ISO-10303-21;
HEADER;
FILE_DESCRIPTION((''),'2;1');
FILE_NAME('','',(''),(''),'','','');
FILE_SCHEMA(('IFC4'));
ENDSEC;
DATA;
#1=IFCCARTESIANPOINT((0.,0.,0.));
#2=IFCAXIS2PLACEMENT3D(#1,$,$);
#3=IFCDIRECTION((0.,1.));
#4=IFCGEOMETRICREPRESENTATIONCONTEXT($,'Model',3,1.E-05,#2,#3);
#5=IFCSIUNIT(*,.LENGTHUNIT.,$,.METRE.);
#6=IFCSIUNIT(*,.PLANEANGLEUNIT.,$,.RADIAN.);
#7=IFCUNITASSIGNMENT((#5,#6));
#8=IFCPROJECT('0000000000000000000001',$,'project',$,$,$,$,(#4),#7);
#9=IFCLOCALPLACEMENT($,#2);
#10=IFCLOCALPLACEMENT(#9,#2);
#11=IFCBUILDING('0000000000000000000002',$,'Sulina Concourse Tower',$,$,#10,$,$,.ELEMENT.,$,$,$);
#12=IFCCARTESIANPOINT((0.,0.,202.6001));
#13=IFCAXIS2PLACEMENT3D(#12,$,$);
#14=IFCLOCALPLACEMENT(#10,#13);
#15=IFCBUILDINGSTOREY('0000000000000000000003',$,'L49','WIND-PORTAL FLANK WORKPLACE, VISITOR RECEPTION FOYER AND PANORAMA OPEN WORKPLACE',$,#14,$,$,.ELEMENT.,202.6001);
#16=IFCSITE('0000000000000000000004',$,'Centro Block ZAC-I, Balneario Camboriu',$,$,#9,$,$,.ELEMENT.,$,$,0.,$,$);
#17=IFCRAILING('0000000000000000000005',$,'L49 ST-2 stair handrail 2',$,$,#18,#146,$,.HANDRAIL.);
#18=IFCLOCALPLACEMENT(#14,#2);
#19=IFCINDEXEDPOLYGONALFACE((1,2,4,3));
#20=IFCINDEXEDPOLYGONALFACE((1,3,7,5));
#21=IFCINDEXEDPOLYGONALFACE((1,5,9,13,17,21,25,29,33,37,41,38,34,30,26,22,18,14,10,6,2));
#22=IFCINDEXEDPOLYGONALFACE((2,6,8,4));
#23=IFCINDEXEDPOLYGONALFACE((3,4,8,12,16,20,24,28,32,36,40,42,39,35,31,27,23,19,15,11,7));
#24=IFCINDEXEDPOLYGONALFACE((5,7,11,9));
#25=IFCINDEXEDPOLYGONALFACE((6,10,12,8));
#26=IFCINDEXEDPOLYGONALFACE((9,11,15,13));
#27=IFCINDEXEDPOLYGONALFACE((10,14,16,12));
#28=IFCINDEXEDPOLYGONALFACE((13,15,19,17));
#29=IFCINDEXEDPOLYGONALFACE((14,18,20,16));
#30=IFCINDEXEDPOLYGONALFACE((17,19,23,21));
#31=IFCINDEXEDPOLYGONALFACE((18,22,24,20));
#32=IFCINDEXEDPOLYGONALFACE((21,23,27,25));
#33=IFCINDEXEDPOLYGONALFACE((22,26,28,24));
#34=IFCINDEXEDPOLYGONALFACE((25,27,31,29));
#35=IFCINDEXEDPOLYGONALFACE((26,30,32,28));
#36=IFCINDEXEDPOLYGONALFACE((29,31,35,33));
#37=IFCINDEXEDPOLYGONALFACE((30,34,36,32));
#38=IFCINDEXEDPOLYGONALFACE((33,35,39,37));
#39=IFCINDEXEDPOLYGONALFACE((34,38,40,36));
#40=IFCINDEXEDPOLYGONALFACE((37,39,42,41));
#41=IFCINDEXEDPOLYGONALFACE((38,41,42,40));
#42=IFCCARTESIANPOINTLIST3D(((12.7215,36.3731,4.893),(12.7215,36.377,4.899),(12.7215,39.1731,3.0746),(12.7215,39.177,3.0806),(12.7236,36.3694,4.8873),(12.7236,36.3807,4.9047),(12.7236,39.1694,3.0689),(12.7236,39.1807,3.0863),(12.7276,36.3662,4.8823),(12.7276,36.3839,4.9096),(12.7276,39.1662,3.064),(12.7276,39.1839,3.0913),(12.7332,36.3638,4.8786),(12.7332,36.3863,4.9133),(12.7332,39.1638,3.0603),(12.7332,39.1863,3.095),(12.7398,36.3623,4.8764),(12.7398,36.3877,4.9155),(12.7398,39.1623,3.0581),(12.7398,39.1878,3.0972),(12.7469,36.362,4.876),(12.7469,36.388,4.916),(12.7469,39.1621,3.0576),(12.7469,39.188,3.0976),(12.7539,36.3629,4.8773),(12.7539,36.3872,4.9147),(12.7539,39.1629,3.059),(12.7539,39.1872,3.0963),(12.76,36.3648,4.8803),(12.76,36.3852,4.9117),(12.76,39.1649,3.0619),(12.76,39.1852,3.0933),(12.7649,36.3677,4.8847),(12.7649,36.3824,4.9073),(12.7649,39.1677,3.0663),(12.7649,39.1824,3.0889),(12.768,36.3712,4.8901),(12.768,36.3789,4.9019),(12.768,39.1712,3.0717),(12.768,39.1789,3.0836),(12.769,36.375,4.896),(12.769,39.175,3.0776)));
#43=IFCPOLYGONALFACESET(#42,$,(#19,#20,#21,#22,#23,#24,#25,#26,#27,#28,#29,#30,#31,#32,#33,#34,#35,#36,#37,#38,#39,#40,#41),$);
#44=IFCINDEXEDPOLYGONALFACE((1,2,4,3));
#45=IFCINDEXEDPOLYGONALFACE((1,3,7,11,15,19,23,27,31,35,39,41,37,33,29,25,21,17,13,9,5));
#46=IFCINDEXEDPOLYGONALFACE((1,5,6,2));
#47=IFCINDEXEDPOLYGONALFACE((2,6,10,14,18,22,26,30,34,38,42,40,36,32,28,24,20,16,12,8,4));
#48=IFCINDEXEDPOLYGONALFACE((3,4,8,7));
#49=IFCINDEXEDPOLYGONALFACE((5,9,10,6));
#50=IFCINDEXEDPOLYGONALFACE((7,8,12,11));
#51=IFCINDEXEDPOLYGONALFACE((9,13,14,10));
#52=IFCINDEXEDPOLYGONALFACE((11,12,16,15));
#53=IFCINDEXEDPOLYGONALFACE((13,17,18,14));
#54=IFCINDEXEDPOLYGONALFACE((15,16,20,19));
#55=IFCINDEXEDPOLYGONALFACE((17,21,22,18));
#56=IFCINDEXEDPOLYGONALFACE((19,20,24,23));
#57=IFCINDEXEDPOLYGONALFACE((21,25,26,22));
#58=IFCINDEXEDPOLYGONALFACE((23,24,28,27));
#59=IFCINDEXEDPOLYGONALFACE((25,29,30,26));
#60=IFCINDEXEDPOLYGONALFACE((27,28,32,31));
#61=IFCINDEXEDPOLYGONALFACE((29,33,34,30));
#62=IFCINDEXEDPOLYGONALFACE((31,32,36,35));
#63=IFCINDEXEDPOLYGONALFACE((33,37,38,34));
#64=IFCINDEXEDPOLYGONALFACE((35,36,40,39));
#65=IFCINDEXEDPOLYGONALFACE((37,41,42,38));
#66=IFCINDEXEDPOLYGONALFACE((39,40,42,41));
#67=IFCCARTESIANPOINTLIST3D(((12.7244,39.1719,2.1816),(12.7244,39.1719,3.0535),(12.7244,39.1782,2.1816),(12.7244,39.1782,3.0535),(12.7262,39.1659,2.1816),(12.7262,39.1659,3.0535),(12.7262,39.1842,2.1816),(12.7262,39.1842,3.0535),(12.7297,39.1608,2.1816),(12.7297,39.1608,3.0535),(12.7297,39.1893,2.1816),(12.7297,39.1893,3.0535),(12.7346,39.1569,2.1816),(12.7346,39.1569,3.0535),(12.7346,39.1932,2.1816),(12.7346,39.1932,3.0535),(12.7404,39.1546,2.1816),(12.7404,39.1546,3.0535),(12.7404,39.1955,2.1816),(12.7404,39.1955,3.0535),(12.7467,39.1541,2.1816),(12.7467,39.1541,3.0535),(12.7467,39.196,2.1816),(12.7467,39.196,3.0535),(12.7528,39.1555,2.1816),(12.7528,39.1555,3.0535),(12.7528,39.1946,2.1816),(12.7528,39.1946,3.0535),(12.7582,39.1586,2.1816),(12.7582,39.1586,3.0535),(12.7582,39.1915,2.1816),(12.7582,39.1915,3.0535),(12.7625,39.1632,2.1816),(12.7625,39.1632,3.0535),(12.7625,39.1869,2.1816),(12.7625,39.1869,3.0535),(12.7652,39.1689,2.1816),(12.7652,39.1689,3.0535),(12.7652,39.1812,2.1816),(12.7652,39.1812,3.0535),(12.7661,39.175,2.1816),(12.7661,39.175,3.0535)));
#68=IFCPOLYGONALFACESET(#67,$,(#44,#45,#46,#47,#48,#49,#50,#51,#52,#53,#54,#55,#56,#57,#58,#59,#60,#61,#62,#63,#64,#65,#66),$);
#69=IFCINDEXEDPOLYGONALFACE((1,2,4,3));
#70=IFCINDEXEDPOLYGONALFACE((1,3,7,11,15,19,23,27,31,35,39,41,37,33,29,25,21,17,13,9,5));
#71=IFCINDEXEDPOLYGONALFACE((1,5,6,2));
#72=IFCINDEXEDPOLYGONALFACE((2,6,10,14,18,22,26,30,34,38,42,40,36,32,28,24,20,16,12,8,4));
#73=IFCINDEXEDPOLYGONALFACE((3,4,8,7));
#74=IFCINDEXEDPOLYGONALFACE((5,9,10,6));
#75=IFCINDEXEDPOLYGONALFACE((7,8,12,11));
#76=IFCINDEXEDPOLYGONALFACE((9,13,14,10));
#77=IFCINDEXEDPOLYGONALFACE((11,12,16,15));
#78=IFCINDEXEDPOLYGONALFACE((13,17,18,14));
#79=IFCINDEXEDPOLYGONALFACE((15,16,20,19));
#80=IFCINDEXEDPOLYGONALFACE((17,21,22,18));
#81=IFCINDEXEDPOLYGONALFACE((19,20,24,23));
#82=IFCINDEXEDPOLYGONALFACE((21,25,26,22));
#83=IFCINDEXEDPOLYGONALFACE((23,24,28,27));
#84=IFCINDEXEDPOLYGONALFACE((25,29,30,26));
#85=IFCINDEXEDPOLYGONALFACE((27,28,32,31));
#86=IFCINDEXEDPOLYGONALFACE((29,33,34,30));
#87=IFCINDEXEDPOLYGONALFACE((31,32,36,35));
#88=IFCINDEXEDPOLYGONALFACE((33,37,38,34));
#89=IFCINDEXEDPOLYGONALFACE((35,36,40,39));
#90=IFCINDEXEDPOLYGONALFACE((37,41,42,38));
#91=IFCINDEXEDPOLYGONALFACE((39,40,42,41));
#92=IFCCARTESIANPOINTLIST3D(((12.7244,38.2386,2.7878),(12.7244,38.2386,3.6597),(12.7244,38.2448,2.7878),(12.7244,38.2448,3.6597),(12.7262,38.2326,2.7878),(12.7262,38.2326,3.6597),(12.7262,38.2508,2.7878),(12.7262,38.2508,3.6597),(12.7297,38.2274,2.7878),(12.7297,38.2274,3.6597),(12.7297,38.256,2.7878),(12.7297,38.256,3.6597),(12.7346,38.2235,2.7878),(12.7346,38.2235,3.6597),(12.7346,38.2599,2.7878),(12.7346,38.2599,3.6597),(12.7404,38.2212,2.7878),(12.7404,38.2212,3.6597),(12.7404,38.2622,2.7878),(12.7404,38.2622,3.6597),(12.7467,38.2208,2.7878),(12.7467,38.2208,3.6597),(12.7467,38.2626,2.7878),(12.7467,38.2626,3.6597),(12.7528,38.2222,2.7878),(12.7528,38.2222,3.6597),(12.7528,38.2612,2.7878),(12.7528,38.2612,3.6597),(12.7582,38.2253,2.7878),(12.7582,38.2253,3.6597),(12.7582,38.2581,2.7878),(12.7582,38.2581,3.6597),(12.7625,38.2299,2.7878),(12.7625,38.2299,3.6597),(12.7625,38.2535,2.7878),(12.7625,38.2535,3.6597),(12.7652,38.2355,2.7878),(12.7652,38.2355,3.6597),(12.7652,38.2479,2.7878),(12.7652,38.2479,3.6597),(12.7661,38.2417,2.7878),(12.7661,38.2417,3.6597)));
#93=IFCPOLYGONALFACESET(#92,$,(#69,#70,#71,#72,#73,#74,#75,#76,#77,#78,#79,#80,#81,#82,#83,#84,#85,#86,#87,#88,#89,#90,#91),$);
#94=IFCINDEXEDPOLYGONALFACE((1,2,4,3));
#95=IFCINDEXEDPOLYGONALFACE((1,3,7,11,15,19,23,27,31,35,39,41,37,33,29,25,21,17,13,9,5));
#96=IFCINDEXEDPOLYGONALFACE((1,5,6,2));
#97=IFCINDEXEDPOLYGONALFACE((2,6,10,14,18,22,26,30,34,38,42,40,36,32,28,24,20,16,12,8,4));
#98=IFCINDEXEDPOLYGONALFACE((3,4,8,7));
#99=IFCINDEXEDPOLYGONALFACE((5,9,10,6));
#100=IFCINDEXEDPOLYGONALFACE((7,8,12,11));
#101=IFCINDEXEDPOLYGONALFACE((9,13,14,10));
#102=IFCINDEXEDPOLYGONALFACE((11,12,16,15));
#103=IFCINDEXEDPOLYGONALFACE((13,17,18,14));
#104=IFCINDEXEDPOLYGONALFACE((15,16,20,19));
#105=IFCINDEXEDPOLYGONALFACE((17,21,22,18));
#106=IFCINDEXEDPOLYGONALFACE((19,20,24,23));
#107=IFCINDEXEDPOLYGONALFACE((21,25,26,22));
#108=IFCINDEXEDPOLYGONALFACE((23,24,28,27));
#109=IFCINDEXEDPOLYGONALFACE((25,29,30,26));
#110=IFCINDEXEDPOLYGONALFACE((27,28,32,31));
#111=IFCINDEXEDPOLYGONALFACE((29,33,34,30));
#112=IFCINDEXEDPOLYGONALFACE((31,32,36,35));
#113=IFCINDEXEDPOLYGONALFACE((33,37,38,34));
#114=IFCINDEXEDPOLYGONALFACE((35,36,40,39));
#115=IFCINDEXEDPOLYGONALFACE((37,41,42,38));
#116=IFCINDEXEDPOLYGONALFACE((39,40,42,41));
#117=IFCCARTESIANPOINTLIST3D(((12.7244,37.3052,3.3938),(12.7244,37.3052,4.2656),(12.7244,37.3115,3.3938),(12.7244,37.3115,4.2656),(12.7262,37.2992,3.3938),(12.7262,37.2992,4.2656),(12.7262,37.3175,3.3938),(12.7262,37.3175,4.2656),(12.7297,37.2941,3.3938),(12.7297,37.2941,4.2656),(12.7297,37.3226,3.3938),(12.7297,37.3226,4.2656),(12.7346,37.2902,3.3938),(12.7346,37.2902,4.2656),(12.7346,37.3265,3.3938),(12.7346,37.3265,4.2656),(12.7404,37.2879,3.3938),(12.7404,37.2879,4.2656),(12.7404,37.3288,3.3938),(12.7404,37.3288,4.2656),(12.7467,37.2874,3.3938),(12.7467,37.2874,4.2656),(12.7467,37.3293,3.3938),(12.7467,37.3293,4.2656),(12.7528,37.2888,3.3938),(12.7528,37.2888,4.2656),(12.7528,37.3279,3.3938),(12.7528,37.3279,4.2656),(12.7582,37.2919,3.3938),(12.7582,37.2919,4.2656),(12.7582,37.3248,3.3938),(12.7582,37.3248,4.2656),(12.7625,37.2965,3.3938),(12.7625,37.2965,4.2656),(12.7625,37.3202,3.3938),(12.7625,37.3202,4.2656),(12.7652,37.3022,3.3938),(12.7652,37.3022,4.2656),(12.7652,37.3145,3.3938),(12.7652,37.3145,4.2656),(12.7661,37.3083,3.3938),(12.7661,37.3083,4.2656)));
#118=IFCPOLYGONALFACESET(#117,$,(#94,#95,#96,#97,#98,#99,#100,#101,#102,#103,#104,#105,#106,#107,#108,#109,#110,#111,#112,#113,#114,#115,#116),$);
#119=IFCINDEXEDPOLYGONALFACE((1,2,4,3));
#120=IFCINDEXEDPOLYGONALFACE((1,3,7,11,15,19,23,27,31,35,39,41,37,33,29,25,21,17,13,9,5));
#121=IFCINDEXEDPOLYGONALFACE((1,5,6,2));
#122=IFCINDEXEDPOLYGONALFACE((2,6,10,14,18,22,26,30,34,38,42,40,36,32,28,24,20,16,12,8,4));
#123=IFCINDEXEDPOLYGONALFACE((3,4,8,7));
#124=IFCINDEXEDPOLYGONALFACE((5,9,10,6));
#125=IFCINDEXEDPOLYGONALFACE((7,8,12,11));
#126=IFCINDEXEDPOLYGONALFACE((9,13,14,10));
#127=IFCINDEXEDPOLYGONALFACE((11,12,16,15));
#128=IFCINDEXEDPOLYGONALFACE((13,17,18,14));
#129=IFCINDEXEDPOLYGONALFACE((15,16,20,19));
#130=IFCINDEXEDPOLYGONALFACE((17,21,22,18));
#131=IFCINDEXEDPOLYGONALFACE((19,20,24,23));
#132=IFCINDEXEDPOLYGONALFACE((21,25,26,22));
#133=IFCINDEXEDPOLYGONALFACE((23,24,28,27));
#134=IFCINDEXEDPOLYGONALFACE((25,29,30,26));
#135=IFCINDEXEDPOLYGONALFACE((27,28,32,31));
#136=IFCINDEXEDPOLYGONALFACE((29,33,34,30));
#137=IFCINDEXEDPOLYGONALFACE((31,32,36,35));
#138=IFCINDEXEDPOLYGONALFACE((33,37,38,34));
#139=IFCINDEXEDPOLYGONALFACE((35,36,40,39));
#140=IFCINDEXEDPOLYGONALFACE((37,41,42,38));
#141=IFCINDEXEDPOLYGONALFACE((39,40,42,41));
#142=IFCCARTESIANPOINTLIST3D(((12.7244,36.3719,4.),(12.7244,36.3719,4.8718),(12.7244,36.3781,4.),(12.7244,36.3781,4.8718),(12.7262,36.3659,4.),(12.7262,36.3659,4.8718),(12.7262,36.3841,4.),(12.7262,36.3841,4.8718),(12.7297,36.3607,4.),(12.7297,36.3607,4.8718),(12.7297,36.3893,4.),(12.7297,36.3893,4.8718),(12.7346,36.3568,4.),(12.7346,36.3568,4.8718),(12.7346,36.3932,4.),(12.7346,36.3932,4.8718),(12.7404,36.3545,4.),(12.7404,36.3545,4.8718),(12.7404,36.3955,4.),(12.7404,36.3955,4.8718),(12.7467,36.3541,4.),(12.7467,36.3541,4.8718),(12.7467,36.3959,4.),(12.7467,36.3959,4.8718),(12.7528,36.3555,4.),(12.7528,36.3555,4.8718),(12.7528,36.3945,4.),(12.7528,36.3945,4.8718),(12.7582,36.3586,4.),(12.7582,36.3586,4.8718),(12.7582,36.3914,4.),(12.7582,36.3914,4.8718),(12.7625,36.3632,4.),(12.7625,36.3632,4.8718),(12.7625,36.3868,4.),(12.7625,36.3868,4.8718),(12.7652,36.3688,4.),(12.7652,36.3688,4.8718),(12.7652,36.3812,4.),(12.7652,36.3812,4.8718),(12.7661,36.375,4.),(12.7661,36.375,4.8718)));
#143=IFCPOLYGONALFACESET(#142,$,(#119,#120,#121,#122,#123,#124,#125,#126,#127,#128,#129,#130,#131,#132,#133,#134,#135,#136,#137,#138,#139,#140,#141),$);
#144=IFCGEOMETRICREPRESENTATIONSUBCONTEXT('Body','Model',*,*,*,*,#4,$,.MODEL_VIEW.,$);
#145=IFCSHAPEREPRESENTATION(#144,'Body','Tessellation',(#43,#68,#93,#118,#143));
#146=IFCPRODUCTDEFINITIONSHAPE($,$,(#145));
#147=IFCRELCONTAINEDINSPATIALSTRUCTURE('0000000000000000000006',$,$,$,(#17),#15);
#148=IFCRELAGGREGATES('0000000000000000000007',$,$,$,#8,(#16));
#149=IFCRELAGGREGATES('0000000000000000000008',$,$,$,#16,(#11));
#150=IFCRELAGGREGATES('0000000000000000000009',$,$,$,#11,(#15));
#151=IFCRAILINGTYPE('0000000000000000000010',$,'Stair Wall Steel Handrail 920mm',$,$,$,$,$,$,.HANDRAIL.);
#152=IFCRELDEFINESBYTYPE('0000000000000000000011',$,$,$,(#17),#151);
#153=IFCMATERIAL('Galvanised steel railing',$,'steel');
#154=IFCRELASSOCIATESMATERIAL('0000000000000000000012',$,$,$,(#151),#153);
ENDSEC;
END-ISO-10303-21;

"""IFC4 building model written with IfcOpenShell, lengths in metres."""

from ifc_helpers import new_model, si_unit, direction, frame, origin, origin_2d, place, context, subcontext, project, spatial, circle, extrude, material, type_object, element, save


model = new_model("IFC4")

# Units and contexts
model_context = context("Model", 3, precision=1e-05, world=origin(), true_north=direction((0.0, 1.0)))
body_context = subcontext(model_context, "Body", "Model", "MODEL_VIEW")
ifc_project = project(units=[si_unit("LENGTHUNIT", "METRE"), si_unit("PLANEANGLEUNIT", "RADIAN")], contexts=[model_context])

# Site, building, storey
site_placement = place(None, origin())
site = spatial("IfcSite", under=ifc_project, at=site_placement, Name="Centro Block ZAC-I, Balneario Camboriu", CompositionType="ELEMENT", RefElevation=0.0)
building_placement = place(site_placement, origin())
building = spatial("IfcBuilding", under=site, at=building_placement, Name="Sulina Concourse Tower", CompositionType="ELEMENT")
storey_placement = place(building_placement, frame((0.0, 0.0, 202.6001)))
storey = spatial("IfcBuildingStorey", under=building, at=storey_placement, Name="L49", Description="WIND-PORTAL FLANK WORKPLACE, VISITOR RECEPTION FOYER AND PANORAMA OPEN WORKPLACE", CompositionType="ELEMENT", Elevation=202.6001)

# Railing
ifc_material_1 = material(Name="Galvanised steel railing", Category="steel")
railing_type_1 = type_object("IfcRailingType", Name="Stair Wall Steel Handrail 920mm", PredefinedType="HANDRAIL", material=ifc_material_1)
railing_1_placement = place(storey_placement, frame((12.7451, 39.175, 2.1816)))
element("IfcRailing", 1, at=railing_1_placement, inside=storey, type_object=railing_type_1, Name="L49 ST-2 stair handrail 2", PredefinedType="HANDRAIL", context=body_context, shape_type="SweptSolid", body=[
    extrude(circle(Radius=0.0239, at=origin_2d()), frame((0.0, 0.0, 0.896), z_axis=(0.0, -0.838672, 0.544636), x_axis=(1.0, 0.0, 0.0)), (0.0, 0.0, 1.0), 3.3386),
    extrude(circle(Radius=0.021, at=origin_2d()), origin(), (0.0, 0.0, 1.0), 0.8718),
    extrude(circle(Radius=0.021, at=origin_2d()), frame((0.0, -0.9333, 0.6062)), (0.0, 0.0, 1.0), 0.8718),
    extrude(circle(Radius=0.021, at=origin_2d()), frame((0.0, -1.8667, 1.2122)), (0.0, 0.0, 1.0), 0.8718),
    extrude(circle(Radius=0.021, at=origin_2d()), frame((0.0, -2.8, 1.8184)), (0.0, 0.0, 1.0), 0.8718),
])

save(model, "model.ifc")
